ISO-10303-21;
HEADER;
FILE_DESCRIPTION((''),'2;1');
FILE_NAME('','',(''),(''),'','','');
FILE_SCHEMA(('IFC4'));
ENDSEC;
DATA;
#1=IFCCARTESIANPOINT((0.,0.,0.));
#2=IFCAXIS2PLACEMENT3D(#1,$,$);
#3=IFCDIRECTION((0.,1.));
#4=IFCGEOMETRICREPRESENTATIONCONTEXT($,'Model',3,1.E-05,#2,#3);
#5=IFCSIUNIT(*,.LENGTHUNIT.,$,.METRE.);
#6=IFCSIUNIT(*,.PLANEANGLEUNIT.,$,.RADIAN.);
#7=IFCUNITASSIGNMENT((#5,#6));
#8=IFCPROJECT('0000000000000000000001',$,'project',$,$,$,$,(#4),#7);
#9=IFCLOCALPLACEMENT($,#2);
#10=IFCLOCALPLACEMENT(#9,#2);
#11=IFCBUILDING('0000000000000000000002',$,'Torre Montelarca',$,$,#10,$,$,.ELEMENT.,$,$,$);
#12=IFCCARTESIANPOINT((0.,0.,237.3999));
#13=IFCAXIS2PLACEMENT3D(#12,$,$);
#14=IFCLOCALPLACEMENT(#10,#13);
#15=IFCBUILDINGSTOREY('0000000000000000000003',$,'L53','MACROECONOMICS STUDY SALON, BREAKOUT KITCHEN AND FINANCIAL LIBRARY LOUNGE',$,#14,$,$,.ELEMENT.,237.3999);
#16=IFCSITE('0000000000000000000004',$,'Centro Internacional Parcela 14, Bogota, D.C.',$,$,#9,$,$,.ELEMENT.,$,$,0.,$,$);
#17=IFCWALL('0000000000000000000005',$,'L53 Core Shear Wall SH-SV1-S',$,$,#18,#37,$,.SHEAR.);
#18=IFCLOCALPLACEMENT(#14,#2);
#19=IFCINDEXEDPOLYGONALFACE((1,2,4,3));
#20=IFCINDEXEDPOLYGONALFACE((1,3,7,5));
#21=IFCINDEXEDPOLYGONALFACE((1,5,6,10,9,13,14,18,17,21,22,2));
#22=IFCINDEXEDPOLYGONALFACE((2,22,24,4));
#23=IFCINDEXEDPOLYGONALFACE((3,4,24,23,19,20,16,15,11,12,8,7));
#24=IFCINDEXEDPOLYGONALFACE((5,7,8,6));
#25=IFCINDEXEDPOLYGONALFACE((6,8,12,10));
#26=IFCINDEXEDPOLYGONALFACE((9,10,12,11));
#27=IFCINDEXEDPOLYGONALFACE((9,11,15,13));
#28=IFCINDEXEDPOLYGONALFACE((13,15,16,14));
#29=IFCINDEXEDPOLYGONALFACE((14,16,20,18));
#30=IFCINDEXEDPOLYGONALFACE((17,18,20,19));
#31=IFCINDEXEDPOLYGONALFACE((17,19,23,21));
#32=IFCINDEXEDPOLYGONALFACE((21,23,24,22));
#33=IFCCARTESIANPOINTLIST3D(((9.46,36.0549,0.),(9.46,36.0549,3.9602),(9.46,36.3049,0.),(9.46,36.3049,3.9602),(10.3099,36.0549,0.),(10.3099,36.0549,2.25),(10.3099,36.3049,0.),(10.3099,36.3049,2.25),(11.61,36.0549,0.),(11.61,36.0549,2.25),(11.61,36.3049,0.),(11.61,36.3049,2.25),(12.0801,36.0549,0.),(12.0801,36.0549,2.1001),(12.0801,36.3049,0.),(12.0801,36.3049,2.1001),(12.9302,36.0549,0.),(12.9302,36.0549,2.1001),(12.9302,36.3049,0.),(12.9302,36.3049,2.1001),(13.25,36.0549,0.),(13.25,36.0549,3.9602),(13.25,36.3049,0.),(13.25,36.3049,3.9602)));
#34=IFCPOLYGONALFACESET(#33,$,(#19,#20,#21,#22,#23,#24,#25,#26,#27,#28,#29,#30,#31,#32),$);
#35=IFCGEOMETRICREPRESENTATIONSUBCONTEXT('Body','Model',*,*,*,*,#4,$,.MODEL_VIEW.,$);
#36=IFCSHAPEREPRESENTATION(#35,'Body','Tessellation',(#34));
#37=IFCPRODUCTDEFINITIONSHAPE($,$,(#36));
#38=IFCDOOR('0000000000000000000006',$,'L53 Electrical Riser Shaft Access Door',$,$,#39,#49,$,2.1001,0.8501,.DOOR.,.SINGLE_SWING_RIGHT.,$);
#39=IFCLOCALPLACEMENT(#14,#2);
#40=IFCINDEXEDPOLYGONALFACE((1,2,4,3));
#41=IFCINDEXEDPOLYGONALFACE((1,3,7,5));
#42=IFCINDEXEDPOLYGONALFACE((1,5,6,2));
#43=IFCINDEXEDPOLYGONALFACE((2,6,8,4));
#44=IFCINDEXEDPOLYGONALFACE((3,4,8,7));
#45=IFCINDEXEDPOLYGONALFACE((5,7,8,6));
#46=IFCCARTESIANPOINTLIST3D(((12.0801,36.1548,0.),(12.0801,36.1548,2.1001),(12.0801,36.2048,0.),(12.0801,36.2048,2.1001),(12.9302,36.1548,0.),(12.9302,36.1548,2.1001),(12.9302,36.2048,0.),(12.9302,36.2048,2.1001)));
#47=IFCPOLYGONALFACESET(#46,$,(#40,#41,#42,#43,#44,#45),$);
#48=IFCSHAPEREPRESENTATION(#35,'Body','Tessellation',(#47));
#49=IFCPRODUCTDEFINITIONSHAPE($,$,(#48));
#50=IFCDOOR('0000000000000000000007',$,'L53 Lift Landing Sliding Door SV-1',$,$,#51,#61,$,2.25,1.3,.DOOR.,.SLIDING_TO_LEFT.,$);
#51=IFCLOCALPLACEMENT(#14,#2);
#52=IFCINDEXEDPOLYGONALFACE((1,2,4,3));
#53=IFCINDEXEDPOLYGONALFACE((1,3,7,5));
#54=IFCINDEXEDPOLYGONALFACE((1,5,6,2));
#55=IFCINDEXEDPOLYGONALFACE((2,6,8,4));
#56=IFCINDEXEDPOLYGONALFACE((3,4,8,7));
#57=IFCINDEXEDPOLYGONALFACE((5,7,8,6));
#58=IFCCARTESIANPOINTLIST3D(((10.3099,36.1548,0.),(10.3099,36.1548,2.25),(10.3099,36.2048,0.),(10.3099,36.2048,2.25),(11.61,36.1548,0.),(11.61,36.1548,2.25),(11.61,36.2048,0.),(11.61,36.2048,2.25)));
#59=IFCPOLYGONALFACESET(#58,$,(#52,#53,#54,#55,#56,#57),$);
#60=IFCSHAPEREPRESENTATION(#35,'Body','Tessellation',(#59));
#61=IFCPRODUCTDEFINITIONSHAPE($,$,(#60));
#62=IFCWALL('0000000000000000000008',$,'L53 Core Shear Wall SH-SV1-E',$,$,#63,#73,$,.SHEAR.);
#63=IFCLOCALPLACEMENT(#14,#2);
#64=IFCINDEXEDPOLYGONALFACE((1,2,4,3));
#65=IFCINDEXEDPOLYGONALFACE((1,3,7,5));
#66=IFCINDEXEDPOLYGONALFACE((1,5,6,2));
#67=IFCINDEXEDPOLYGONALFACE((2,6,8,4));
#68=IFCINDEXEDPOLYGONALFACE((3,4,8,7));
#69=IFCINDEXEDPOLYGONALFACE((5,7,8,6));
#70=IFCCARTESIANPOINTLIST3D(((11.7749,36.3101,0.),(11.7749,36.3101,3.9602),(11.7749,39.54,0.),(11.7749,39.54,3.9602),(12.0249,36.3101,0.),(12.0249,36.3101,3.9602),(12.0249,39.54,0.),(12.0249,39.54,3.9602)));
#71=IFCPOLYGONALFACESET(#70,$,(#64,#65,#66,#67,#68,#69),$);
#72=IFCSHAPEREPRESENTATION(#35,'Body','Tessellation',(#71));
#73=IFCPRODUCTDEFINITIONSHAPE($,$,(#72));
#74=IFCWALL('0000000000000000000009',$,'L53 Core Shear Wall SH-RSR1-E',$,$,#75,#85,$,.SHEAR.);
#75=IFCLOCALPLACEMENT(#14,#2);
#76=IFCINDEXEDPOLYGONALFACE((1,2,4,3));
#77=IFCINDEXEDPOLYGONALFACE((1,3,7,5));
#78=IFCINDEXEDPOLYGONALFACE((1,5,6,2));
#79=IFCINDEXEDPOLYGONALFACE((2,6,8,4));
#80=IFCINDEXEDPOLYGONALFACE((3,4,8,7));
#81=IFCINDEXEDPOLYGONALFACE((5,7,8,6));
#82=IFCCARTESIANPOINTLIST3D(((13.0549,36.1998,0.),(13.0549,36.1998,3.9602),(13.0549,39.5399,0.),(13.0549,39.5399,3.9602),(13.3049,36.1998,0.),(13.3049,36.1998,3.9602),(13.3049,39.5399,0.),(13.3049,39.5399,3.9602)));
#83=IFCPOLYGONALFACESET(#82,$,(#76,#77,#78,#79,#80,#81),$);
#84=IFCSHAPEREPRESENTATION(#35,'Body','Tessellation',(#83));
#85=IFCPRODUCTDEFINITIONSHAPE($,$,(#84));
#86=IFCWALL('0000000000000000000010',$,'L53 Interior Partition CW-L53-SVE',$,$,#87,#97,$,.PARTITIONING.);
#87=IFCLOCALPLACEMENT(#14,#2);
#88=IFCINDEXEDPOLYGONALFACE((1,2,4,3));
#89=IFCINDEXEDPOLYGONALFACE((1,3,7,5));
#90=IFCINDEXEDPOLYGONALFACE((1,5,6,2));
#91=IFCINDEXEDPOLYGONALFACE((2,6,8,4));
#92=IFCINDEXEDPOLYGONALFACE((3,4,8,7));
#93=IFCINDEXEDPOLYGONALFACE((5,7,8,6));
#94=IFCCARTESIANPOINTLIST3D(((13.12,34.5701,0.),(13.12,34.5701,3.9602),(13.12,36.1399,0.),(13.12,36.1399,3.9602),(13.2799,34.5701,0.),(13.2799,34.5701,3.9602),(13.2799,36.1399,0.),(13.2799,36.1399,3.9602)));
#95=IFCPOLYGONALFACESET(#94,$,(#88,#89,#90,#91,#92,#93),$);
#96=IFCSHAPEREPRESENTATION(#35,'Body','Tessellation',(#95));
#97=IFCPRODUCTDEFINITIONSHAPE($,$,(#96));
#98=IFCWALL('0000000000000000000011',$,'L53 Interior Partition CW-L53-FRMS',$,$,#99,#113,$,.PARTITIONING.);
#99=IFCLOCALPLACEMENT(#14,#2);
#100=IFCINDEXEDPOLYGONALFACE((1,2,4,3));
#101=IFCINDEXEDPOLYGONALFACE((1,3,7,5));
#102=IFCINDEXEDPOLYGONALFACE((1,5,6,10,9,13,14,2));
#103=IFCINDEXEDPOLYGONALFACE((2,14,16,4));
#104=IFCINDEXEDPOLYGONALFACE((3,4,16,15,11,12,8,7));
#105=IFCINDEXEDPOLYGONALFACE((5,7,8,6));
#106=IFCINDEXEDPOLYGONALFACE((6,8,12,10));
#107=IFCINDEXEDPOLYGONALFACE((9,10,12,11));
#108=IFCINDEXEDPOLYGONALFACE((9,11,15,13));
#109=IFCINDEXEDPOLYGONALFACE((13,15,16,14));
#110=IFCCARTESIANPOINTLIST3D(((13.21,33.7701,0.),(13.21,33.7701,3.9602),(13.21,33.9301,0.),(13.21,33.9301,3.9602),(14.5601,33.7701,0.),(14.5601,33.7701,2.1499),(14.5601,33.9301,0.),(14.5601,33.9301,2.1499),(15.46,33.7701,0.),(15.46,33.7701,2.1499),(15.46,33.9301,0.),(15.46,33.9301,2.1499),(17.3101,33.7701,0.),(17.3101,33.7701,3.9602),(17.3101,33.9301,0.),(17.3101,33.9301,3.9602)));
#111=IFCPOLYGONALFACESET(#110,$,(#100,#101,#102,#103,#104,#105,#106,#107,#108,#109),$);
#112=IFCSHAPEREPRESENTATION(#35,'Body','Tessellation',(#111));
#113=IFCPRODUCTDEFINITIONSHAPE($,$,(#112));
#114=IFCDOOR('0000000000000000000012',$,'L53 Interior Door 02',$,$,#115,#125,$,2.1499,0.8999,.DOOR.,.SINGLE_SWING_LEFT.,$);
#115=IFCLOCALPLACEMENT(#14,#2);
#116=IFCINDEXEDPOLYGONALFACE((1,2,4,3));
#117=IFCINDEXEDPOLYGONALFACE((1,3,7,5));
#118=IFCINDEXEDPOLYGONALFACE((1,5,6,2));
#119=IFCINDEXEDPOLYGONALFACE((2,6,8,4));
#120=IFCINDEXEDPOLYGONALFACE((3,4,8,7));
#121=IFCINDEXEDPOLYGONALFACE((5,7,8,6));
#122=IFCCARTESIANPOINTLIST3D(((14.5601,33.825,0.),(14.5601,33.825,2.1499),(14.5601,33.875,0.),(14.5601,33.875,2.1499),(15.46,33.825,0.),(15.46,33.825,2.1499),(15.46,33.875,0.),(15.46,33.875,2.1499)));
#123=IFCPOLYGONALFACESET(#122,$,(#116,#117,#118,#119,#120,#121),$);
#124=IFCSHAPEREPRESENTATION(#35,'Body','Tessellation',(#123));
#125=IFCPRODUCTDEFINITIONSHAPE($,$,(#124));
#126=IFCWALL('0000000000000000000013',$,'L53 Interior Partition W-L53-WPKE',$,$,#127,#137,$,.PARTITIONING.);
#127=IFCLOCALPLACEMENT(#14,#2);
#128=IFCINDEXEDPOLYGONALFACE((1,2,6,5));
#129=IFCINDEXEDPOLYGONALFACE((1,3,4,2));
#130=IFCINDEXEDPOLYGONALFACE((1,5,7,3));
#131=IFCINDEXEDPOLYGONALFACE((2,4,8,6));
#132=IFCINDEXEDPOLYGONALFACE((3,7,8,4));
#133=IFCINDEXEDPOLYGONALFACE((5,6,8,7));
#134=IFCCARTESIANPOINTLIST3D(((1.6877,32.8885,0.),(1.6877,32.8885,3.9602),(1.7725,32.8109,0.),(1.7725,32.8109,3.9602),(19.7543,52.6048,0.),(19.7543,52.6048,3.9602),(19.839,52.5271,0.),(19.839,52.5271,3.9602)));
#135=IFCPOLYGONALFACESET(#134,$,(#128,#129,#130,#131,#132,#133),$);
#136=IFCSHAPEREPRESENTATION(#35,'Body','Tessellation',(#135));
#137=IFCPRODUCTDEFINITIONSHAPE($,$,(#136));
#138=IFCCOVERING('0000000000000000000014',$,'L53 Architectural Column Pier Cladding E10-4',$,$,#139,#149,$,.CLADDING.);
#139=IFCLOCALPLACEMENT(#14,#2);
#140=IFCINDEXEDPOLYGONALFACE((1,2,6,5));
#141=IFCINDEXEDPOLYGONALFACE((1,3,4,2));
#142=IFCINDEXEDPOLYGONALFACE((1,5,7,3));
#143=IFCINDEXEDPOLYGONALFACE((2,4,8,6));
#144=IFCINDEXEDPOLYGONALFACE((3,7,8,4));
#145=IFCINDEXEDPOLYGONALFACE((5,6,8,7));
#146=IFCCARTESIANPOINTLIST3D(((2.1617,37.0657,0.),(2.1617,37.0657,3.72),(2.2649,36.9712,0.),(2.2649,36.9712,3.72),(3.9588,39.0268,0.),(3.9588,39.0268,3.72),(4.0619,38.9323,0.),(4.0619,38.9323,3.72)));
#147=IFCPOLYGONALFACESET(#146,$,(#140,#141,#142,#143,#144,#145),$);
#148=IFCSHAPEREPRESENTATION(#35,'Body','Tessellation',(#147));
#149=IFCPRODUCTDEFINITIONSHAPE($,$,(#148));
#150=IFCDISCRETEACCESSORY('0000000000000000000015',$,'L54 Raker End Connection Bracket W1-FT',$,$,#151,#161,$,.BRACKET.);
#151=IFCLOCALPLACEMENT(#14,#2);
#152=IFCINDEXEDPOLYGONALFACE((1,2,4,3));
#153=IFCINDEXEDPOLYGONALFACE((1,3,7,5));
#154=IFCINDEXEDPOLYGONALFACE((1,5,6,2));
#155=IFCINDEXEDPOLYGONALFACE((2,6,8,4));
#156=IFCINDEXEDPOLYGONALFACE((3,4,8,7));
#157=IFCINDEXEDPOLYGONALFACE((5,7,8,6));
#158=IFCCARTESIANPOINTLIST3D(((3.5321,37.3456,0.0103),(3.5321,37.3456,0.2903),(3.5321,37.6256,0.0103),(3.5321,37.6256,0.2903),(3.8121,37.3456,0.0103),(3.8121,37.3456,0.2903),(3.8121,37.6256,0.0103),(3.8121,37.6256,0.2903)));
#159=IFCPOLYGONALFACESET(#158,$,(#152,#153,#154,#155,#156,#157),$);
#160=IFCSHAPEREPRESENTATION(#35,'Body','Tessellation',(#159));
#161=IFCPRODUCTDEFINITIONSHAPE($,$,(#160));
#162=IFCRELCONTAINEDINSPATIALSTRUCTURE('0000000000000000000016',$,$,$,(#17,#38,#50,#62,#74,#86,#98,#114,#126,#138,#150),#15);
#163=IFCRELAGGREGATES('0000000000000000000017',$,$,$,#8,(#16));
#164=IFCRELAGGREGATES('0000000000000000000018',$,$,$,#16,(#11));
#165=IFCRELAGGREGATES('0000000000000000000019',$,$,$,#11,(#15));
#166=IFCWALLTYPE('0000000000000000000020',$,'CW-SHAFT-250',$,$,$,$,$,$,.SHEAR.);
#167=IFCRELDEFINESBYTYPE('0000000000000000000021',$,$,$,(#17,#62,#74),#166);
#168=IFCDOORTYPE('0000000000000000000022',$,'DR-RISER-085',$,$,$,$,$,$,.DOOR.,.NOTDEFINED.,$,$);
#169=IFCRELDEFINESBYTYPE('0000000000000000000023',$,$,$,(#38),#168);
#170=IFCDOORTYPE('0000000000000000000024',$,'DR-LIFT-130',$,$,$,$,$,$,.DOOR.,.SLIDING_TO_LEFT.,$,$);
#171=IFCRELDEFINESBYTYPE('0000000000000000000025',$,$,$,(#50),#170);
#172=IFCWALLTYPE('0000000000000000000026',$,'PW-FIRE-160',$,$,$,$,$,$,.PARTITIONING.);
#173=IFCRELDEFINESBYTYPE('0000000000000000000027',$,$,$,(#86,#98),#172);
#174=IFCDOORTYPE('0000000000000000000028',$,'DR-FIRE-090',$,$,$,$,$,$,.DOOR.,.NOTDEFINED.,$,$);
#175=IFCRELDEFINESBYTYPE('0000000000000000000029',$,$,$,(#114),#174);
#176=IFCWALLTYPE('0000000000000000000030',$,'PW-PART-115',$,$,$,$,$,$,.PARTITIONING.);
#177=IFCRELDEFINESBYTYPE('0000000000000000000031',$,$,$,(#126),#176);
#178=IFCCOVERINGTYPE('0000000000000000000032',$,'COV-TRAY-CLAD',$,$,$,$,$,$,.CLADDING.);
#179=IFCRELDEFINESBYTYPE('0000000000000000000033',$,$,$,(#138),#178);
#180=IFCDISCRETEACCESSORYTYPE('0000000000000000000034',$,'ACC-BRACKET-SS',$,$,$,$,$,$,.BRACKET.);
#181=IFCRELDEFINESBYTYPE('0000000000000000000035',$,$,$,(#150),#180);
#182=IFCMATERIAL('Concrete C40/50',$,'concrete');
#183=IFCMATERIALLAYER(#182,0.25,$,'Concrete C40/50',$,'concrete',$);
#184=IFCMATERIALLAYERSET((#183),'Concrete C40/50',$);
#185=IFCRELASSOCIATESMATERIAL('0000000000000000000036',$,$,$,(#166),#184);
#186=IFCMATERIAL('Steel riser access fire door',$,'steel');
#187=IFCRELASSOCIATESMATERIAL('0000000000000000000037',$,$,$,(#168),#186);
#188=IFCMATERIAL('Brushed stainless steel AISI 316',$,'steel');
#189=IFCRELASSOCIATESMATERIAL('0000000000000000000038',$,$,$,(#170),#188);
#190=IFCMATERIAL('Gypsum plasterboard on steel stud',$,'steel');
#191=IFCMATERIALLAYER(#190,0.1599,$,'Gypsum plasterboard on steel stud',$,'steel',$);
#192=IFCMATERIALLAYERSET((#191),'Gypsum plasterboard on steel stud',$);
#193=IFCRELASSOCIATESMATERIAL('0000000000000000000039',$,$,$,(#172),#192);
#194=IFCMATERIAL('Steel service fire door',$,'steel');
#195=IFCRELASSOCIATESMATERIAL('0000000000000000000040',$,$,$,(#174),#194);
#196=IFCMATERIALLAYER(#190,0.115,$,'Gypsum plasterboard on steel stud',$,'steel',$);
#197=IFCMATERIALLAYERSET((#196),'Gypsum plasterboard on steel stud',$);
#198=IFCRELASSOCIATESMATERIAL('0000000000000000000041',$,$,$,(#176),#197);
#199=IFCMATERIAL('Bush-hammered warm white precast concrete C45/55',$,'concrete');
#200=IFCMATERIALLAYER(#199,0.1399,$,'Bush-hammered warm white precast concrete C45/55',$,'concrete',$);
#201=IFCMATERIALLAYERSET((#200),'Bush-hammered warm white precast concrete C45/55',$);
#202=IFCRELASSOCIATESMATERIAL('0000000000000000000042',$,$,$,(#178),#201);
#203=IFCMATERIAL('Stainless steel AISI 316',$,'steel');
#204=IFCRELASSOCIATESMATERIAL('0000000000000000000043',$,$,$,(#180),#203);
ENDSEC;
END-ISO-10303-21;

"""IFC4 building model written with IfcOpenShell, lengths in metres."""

from ifc_helpers import new_model, si_unit, direction, frame, frame_2d, origin, origin_2d, place, context, subcontext, project, spatial, rectangle, extrude, source, transform, mapped, material, layer, layer_set, type_object, element, fill, save


model = new_model("IFC4")

# Units and contexts
model_context = context("Model", 3, precision=1e-05, world=origin(), true_north=direction((0.0, 1.0)))
body_context = subcontext(model_context, "Body", "Model", "MODEL_VIEW")
ifc_project = project(units=[si_unit("LENGTHUNIT", "METRE"), si_unit("PLANEANGLEUNIT", "RADIAN")], contexts=[model_context])

# Site, building, storey
site_placement = place(None, origin())
site = spatial("IfcSite", under=ifc_project, at=site_placement, Name="Centro Internacional Parcela 14, Bogota, D.C.", CompositionType="ELEMENT", RefElevation=0.0)
building_placement = place(site_placement, origin())
building = spatial("IfcBuilding", under=site, at=building_placement, Name="Torre Montelarca", CompositionType="ELEMENT")
storey_placement = place(building_placement, frame((0.0, 0.0, 237.3999)))
storey = spatial("IfcBuildingStorey", under=building, at=storey_placement, Name="L53", Description="MACROECONOMICS STUDY SALON, BREAKOUT KITCHEN AND FINANCIAL LIBRARY LOUNGE", CompositionType="ELEMENT", Elevation=237.3999)

# Shared definitions
ifc_material_1 = material(Name="Concrete C40/50", Category="concrete")
ifc_layer_1 = layer(ifc_material_1, 0.25, Name="Concrete C40/50", Category="concrete")
ifc_layer_set_1 = layer_set([ifc_layer_1], Name="Concrete C40/50")
wall_type_1 = type_object("IfcWallType", Name="CW-SHAFT-250", PredefinedType="SHEAR", material=ifc_layer_set_1)

# Wall, openings, doors
wall_1_placement = place(storey_placement, frame((9.46, 36.1799, 0.0), z_axis=(0.0, 0.0, 1.0), x_axis=(1.0, 0.0, 0.0)))
wall_1 = element("IfcWall", 1, at=wall_1_placement, inside=storey, type_object=wall_type_1, Name="L53 Core Shear Wall SH-SV1-S", PredefinedType="SHEAR", context=body_context, shape_type="SweptSolid", body=[
    extrude(rectangle(XDim=3.79, YDim=0.25, at=frame_2d((1.895, 0.0))), origin(), (0.0, 0.0, 1.0), 3.9602),
])
opening_1_placement = place(wall_1_placement, frame((2.6201, 0.0, 0.0)))
opening_1 = element("IfcOpeningElement", 2, at=opening_1_placement, cuts=wall_1, PredefinedType="OPENING", context=body_context, shape_type="SweptSolid", body=[
    extrude(rectangle(XDim=0.8501, YDim=2.1001, at=frame_2d((0.425, 1.05))), frame((0.0, 0.135, 0.0), z_axis=(0.0, -1.0, 0.0), x_axis=(1.0, 0.0, 0.0)), (0.0, 0.0, 1.0), 0.27),
])
opening_2_placement = place(wall_1_placement, frame((0.8501, 0.0, 0.0)))
opening_2 = element("IfcOpeningElement", 3, at=opening_2_placement, cuts=wall_1, PredefinedType="OPENING", context=body_context, shape_type="SweptSolid", body=[
    extrude(rectangle(XDim=1.3, YDim=2.25, at=frame_2d((0.6499, 1.125))), frame((0.0, 0.135, 0.0), z_axis=(0.0, -1.0, 0.0), x_axis=(1.0, 0.0, 0.0)), (0.0, 0.0, 1.0), 0.27),
])
ifc_material_2 = material(Name="Steel riser access fire door", Category="steel")
door_type_1 = type_object("IfcDoorType", Name="DR-RISER-085", OperationType="NOTDEFINED", PredefinedType="DOOR", material=ifc_material_2)
shared_shape_1 = source(origin(), body_context, "Body", "SweptSolid", [
    extrude(rectangle(XDim=0.8501, YDim=2.1001, at=frame_2d((0.425, 1.05))), frame((0.0, 0.0249, 0.0), z_axis=(0.0, -1.0, 0.0), x_axis=(1.0, 0.0, 0.0)), (0.0, 0.0, 1.0), 0.05),
])
door_1_placement = place(opening_1_placement, origin())
door_1 = element("IfcDoor", 4, at=door_1_placement, inside=storey, type_object=door_type_1, Name="L53 Electrical Riser Shaft Access Door", OperationType="SINGLE_SWING_RIGHT", OverallHeight=2.1001, OverallWidth=0.8501, PredefinedType="DOOR", context=body_context, shape_type="MappedRepresentation", body=[
    mapped(shared_shape_1, transform((0.0, 0.0, 0.0), scale=1.0)),
])
fill(opening_1, door_1)
ifc_material_3 = material(Name="Brushed stainless steel AISI 316", Category="steel")
door_type_2 = type_object("IfcDoorType", Name="DR-LIFT-130", OperationType="SLIDING_TO_LEFT", PredefinedType="DOOR", material=ifc_material_3)
shared_shape_2 = source(origin(), body_context, "Body", "SweptSolid", [
    extrude(rectangle(XDim=1.3, YDim=2.25, at=frame_2d((0.6499, 1.125))), frame((0.0, 0.0249, 0.0), z_axis=(0.0, -1.0, 0.0), x_axis=(1.0, 0.0, 0.0)), (0.0, 0.0, 1.0), 0.05),
])
door_2_placement = place(opening_2_placement, origin())
door_2 = element("IfcDoor", 5, at=door_2_placement, inside=storey, type_object=door_type_2, Name="L53 Lift Landing Sliding Door SV-1", OperationType="SLIDING_TO_LEFT", OverallHeight=2.25, OverallWidth=1.3, PredefinedType="DOOR", context=body_context, shape_type="MappedRepresentation", body=[
    mapped(shared_shape_2, transform((0.0, 0.0, 0.0), scale=1.0)),
])
fill(opening_2, door_2)

# Walls
wall_2_placement = place(storey_placement, frame((11.8999, 36.3101, 0.0), z_axis=(0.0, 0.0, 1.0), x_axis=(0.0, 1.0, 0.0)))
element("IfcWall", 6, at=wall_2_placement, inside=storey, type_object=wall_type_1, Name="L53 Core Shear Wall SH-SV1-E", PredefinedType="SHEAR", context=body_context, shape_type="SweptSolid", body=[
    extrude(rectangle(XDim=3.23, YDim=0.25, at=frame_2d((1.615, 0.0))), origin(), (0.0, 0.0, 1.0), 3.9602),
])
wall_3_placement = place(storey_placement, frame((13.1799, 36.2, 0.0), z_axis=(0.0, 0.0, 1.0), x_axis=(0.0, 1.0, 0.0)))
element("IfcWall", 7, at=wall_3_placement, inside=storey, type_object=wall_type_1, Name="L53 Core Shear Wall SH-RSR1-E", PredefinedType="SHEAR", context=body_context, shape_type="SweptSolid", body=[
    extrude(rectangle(XDim=3.3401, YDim=0.25, at=frame_2d((1.6699, 0.0))), origin(), (0.0, 0.0, 1.0), 3.9602),
])

# Shared definitions
ifc_material_4 = material(Name="Gypsum plasterboard on steel stud", Category="steel")
ifc_layer_2 = layer(ifc_material_4, 0.1599, Name="Gypsum plasterboard on steel stud", Category="steel")
ifc_layer_set_2 = layer_set([ifc_layer_2], Name="Gypsum plasterboard on steel stud")
wall_type_2 = type_object("IfcWallType", Name="PW-FIRE-160", PredefinedType="PARTITIONING", material=ifc_layer_set_2)
ifc_material_5 = material(Name="Steel service fire door", Category="steel")
door_type_3 = type_object("IfcDoorType", Name="DR-FIRE-090", OperationType="NOTDEFINED", PredefinedType="DOOR", material=ifc_material_5)
shared_shape_3 = source(origin(), body_context, "Body", "SweptSolid", [
    extrude(rectangle(XDim=0.8999, YDim=2.1499, at=frame_2d((0.45, 1.075))), frame((0.0, 0.0249, 0.0), z_axis=(0.0, -1.0, 0.0), x_axis=(1.0, 0.0, 0.0)), (0.0, 0.0, 1.0), 0.05),
])

# Wall
wall_4_placement = place(storey_placement, frame((13.2, 34.5701, 0.0), z_axis=(0.0, 0.0, 1.0), x_axis=(0.0, 1.0, 0.0)))
element("IfcWall", 8, at=wall_4_placement, inside=storey, type_object=wall_type_2, Name="L53 Interior Partition CW-L53-SVE", PredefinedType="PARTITIONING", context=body_context, shape_type="SweptSolid", body=[
    extrude(rectangle(XDim=1.5698, YDim=0.1599, at=frame_2d((0.7849, 0.0))), origin(), (0.0, 0.0, 1.0), 3.9602),
])

# Wall, opening, door
wall_5_placement = place(storey_placement, frame((13.21, 33.8501, 0.0), z_axis=(0.0, 0.0, 1.0), x_axis=(1.0, 0.0, 0.0)))
wall_5 = element("IfcWall", 9, at=wall_5_placement, inside=storey, type_object=wall_type_2, Name="L53 Interior Partition CW-L53-FRMS", PredefinedType="PARTITIONING", context=body_context, shape_type="SweptSolid", body=[
    extrude(rectangle(XDim=4.1001, YDim=0.1599, at=frame_2d((2.05, 0.0))), origin(), (0.0, 0.0, 1.0), 3.9602),
])
opening_3_placement = place(wall_5_placement, frame((1.3501, 0.0, 0.0)))
opening_3 = element("IfcOpeningElement", 10, at=opening_3_placement, cuts=wall_5, PredefinedType="OPENING", context=body_context, shape_type="SweptSolid", body=[
    extrude(rectangle(XDim=0.8999, YDim=2.1499, at=frame_2d((0.45, 1.075))), frame((0.0, 0.0898, 0.0), z_axis=(0.0, -1.0, 0.0), x_axis=(1.0, 0.0, 0.0)), (0.0, 0.0, 1.0), 0.1799),
])
door_3_placement = place(opening_3_placement, origin())
door_3 = element("IfcDoor", 11, at=door_3_placement, inside=storey, type_object=door_type_3, Name="L53 Interior Door 02", OperationType="SINGLE_SWING_LEFT", OverallHeight=2.1499, OverallWidth=0.8999, PredefinedType="DOOR", context=body_context, shape_type="MappedRepresentation", body=[
    mapped(shared_shape_3, transform((0.0, 0.0, 0.0), scale=1.0)),
])
fill(opening_3, door_3)

# Wall
ifc_layer_3 = layer(ifc_material_4, 0.115, Name="Gypsum plasterboard on steel stud", Category="steel")
ifc_layer_set_3 = layer_set([ifc_layer_3], Name="Gypsum plasterboard on steel stud")
wall_type_3 = type_object("IfcWallType", Name="PW-PART-115", PredefinedType="PARTITIONING", material=ifc_layer_set_3)
wall_6_placement = place(storey_placement, frame((1.73, 32.8496, 0.0), z_axis=(0.0, 0.0, 1.0), x_axis=(0.67559, 0.737278, 0.0)))
element("IfcWall", 12, at=wall_6_placement, inside=storey, type_object=wall_type_3, Name="L53 Interior Partition W-L53-WPKE", PredefinedType="PARTITIONING", context=body_context, shape_type="SweptSolid", body=[
    extrude(rectangle(XDim=26.7419, YDim=0.115, at=frame_2d((13.3711, 0.0))), origin(), (0.0, 0.0, 1.0), 3.9602),
])

# Covering
ifc_material_6 = material(Name="Bush-hammered warm white precast concrete C45/55", Category="concrete")
ifc_layer_4 = layer(ifc_material_6, 0.1399, Name="Bush-hammered warm white precast concrete C45/55", Category="concrete")
ifc_layer_set_4 = layer_set([ifc_layer_4], Name="Bush-hammered warm white precast concrete C45/55")
covering_type = type_object("IfcCoveringType", Name="COV-TRAY-CLAD", PredefinedType="CLADDING", material=ifc_layer_set_4)
shared_shape_4 = source(origin(), body_context, "Body", "SweptSolid", [
    extrude(rectangle(XDim=2.6599, YDim=0.1399, at=origin_2d()), origin(), (0.0, 0.0, 1.0), 3.72),
])
covering_placement = place(storey_placement, frame((3.1118, 37.999, 0.0), z_axis=(0.0, 0.0, 1.0), x_axis=(-0.675589, -0.737279, 0.0)))
element("IfcCovering", 13, at=covering_placement, inside=storey, type_object=covering_type, Name="L53 Architectural Column Pier Cladding E10-4", PredefinedType="CLADDING", context=body_context, shape_type="MappedRepresentation", body=[
    mapped(shared_shape_4, transform((0.0, 0.0, 0.0), scale=1.0)),
])

# Discrete accessory
ifc_material_7 = material(Name="Stainless steel AISI 316", Category="steel")
discrete_accessory_type = type_object("IfcDiscreteAccessoryType", Name="ACC-BRACKET-SS", PredefinedType="BRACKET", material=ifc_material_7)
shared_shape_5 = source(origin(), body_context, "Body", "SweptSolid", [
    extrude(rectangle(XDim=0.28, YDim=0.28, at=origin_2d()), origin(), (0.0, 0.0, 1.0), 0.28),
])
discrete_accessory_placement = place(storey_placement, frame((3.6721, 37.4856, 0.0103), z_axis=(0.0, 0.0, 1.0), x_axis=(1.0, 0.0, 0.0)))
element("IfcDiscreteAccessory", 14, at=discrete_accessory_placement, inside=storey, type_object=discrete_accessory_type, Name="L54 Raker End Connection Bracket W1-FT", PredefinedType="BRACKET", context=body_context, shape_type="MappedRepresentation", body=[
    mapped(shared_shape_5, transform((0.0, 0.0, 0.0), scale=1.0)),
])

save(model, "model.ifc")
